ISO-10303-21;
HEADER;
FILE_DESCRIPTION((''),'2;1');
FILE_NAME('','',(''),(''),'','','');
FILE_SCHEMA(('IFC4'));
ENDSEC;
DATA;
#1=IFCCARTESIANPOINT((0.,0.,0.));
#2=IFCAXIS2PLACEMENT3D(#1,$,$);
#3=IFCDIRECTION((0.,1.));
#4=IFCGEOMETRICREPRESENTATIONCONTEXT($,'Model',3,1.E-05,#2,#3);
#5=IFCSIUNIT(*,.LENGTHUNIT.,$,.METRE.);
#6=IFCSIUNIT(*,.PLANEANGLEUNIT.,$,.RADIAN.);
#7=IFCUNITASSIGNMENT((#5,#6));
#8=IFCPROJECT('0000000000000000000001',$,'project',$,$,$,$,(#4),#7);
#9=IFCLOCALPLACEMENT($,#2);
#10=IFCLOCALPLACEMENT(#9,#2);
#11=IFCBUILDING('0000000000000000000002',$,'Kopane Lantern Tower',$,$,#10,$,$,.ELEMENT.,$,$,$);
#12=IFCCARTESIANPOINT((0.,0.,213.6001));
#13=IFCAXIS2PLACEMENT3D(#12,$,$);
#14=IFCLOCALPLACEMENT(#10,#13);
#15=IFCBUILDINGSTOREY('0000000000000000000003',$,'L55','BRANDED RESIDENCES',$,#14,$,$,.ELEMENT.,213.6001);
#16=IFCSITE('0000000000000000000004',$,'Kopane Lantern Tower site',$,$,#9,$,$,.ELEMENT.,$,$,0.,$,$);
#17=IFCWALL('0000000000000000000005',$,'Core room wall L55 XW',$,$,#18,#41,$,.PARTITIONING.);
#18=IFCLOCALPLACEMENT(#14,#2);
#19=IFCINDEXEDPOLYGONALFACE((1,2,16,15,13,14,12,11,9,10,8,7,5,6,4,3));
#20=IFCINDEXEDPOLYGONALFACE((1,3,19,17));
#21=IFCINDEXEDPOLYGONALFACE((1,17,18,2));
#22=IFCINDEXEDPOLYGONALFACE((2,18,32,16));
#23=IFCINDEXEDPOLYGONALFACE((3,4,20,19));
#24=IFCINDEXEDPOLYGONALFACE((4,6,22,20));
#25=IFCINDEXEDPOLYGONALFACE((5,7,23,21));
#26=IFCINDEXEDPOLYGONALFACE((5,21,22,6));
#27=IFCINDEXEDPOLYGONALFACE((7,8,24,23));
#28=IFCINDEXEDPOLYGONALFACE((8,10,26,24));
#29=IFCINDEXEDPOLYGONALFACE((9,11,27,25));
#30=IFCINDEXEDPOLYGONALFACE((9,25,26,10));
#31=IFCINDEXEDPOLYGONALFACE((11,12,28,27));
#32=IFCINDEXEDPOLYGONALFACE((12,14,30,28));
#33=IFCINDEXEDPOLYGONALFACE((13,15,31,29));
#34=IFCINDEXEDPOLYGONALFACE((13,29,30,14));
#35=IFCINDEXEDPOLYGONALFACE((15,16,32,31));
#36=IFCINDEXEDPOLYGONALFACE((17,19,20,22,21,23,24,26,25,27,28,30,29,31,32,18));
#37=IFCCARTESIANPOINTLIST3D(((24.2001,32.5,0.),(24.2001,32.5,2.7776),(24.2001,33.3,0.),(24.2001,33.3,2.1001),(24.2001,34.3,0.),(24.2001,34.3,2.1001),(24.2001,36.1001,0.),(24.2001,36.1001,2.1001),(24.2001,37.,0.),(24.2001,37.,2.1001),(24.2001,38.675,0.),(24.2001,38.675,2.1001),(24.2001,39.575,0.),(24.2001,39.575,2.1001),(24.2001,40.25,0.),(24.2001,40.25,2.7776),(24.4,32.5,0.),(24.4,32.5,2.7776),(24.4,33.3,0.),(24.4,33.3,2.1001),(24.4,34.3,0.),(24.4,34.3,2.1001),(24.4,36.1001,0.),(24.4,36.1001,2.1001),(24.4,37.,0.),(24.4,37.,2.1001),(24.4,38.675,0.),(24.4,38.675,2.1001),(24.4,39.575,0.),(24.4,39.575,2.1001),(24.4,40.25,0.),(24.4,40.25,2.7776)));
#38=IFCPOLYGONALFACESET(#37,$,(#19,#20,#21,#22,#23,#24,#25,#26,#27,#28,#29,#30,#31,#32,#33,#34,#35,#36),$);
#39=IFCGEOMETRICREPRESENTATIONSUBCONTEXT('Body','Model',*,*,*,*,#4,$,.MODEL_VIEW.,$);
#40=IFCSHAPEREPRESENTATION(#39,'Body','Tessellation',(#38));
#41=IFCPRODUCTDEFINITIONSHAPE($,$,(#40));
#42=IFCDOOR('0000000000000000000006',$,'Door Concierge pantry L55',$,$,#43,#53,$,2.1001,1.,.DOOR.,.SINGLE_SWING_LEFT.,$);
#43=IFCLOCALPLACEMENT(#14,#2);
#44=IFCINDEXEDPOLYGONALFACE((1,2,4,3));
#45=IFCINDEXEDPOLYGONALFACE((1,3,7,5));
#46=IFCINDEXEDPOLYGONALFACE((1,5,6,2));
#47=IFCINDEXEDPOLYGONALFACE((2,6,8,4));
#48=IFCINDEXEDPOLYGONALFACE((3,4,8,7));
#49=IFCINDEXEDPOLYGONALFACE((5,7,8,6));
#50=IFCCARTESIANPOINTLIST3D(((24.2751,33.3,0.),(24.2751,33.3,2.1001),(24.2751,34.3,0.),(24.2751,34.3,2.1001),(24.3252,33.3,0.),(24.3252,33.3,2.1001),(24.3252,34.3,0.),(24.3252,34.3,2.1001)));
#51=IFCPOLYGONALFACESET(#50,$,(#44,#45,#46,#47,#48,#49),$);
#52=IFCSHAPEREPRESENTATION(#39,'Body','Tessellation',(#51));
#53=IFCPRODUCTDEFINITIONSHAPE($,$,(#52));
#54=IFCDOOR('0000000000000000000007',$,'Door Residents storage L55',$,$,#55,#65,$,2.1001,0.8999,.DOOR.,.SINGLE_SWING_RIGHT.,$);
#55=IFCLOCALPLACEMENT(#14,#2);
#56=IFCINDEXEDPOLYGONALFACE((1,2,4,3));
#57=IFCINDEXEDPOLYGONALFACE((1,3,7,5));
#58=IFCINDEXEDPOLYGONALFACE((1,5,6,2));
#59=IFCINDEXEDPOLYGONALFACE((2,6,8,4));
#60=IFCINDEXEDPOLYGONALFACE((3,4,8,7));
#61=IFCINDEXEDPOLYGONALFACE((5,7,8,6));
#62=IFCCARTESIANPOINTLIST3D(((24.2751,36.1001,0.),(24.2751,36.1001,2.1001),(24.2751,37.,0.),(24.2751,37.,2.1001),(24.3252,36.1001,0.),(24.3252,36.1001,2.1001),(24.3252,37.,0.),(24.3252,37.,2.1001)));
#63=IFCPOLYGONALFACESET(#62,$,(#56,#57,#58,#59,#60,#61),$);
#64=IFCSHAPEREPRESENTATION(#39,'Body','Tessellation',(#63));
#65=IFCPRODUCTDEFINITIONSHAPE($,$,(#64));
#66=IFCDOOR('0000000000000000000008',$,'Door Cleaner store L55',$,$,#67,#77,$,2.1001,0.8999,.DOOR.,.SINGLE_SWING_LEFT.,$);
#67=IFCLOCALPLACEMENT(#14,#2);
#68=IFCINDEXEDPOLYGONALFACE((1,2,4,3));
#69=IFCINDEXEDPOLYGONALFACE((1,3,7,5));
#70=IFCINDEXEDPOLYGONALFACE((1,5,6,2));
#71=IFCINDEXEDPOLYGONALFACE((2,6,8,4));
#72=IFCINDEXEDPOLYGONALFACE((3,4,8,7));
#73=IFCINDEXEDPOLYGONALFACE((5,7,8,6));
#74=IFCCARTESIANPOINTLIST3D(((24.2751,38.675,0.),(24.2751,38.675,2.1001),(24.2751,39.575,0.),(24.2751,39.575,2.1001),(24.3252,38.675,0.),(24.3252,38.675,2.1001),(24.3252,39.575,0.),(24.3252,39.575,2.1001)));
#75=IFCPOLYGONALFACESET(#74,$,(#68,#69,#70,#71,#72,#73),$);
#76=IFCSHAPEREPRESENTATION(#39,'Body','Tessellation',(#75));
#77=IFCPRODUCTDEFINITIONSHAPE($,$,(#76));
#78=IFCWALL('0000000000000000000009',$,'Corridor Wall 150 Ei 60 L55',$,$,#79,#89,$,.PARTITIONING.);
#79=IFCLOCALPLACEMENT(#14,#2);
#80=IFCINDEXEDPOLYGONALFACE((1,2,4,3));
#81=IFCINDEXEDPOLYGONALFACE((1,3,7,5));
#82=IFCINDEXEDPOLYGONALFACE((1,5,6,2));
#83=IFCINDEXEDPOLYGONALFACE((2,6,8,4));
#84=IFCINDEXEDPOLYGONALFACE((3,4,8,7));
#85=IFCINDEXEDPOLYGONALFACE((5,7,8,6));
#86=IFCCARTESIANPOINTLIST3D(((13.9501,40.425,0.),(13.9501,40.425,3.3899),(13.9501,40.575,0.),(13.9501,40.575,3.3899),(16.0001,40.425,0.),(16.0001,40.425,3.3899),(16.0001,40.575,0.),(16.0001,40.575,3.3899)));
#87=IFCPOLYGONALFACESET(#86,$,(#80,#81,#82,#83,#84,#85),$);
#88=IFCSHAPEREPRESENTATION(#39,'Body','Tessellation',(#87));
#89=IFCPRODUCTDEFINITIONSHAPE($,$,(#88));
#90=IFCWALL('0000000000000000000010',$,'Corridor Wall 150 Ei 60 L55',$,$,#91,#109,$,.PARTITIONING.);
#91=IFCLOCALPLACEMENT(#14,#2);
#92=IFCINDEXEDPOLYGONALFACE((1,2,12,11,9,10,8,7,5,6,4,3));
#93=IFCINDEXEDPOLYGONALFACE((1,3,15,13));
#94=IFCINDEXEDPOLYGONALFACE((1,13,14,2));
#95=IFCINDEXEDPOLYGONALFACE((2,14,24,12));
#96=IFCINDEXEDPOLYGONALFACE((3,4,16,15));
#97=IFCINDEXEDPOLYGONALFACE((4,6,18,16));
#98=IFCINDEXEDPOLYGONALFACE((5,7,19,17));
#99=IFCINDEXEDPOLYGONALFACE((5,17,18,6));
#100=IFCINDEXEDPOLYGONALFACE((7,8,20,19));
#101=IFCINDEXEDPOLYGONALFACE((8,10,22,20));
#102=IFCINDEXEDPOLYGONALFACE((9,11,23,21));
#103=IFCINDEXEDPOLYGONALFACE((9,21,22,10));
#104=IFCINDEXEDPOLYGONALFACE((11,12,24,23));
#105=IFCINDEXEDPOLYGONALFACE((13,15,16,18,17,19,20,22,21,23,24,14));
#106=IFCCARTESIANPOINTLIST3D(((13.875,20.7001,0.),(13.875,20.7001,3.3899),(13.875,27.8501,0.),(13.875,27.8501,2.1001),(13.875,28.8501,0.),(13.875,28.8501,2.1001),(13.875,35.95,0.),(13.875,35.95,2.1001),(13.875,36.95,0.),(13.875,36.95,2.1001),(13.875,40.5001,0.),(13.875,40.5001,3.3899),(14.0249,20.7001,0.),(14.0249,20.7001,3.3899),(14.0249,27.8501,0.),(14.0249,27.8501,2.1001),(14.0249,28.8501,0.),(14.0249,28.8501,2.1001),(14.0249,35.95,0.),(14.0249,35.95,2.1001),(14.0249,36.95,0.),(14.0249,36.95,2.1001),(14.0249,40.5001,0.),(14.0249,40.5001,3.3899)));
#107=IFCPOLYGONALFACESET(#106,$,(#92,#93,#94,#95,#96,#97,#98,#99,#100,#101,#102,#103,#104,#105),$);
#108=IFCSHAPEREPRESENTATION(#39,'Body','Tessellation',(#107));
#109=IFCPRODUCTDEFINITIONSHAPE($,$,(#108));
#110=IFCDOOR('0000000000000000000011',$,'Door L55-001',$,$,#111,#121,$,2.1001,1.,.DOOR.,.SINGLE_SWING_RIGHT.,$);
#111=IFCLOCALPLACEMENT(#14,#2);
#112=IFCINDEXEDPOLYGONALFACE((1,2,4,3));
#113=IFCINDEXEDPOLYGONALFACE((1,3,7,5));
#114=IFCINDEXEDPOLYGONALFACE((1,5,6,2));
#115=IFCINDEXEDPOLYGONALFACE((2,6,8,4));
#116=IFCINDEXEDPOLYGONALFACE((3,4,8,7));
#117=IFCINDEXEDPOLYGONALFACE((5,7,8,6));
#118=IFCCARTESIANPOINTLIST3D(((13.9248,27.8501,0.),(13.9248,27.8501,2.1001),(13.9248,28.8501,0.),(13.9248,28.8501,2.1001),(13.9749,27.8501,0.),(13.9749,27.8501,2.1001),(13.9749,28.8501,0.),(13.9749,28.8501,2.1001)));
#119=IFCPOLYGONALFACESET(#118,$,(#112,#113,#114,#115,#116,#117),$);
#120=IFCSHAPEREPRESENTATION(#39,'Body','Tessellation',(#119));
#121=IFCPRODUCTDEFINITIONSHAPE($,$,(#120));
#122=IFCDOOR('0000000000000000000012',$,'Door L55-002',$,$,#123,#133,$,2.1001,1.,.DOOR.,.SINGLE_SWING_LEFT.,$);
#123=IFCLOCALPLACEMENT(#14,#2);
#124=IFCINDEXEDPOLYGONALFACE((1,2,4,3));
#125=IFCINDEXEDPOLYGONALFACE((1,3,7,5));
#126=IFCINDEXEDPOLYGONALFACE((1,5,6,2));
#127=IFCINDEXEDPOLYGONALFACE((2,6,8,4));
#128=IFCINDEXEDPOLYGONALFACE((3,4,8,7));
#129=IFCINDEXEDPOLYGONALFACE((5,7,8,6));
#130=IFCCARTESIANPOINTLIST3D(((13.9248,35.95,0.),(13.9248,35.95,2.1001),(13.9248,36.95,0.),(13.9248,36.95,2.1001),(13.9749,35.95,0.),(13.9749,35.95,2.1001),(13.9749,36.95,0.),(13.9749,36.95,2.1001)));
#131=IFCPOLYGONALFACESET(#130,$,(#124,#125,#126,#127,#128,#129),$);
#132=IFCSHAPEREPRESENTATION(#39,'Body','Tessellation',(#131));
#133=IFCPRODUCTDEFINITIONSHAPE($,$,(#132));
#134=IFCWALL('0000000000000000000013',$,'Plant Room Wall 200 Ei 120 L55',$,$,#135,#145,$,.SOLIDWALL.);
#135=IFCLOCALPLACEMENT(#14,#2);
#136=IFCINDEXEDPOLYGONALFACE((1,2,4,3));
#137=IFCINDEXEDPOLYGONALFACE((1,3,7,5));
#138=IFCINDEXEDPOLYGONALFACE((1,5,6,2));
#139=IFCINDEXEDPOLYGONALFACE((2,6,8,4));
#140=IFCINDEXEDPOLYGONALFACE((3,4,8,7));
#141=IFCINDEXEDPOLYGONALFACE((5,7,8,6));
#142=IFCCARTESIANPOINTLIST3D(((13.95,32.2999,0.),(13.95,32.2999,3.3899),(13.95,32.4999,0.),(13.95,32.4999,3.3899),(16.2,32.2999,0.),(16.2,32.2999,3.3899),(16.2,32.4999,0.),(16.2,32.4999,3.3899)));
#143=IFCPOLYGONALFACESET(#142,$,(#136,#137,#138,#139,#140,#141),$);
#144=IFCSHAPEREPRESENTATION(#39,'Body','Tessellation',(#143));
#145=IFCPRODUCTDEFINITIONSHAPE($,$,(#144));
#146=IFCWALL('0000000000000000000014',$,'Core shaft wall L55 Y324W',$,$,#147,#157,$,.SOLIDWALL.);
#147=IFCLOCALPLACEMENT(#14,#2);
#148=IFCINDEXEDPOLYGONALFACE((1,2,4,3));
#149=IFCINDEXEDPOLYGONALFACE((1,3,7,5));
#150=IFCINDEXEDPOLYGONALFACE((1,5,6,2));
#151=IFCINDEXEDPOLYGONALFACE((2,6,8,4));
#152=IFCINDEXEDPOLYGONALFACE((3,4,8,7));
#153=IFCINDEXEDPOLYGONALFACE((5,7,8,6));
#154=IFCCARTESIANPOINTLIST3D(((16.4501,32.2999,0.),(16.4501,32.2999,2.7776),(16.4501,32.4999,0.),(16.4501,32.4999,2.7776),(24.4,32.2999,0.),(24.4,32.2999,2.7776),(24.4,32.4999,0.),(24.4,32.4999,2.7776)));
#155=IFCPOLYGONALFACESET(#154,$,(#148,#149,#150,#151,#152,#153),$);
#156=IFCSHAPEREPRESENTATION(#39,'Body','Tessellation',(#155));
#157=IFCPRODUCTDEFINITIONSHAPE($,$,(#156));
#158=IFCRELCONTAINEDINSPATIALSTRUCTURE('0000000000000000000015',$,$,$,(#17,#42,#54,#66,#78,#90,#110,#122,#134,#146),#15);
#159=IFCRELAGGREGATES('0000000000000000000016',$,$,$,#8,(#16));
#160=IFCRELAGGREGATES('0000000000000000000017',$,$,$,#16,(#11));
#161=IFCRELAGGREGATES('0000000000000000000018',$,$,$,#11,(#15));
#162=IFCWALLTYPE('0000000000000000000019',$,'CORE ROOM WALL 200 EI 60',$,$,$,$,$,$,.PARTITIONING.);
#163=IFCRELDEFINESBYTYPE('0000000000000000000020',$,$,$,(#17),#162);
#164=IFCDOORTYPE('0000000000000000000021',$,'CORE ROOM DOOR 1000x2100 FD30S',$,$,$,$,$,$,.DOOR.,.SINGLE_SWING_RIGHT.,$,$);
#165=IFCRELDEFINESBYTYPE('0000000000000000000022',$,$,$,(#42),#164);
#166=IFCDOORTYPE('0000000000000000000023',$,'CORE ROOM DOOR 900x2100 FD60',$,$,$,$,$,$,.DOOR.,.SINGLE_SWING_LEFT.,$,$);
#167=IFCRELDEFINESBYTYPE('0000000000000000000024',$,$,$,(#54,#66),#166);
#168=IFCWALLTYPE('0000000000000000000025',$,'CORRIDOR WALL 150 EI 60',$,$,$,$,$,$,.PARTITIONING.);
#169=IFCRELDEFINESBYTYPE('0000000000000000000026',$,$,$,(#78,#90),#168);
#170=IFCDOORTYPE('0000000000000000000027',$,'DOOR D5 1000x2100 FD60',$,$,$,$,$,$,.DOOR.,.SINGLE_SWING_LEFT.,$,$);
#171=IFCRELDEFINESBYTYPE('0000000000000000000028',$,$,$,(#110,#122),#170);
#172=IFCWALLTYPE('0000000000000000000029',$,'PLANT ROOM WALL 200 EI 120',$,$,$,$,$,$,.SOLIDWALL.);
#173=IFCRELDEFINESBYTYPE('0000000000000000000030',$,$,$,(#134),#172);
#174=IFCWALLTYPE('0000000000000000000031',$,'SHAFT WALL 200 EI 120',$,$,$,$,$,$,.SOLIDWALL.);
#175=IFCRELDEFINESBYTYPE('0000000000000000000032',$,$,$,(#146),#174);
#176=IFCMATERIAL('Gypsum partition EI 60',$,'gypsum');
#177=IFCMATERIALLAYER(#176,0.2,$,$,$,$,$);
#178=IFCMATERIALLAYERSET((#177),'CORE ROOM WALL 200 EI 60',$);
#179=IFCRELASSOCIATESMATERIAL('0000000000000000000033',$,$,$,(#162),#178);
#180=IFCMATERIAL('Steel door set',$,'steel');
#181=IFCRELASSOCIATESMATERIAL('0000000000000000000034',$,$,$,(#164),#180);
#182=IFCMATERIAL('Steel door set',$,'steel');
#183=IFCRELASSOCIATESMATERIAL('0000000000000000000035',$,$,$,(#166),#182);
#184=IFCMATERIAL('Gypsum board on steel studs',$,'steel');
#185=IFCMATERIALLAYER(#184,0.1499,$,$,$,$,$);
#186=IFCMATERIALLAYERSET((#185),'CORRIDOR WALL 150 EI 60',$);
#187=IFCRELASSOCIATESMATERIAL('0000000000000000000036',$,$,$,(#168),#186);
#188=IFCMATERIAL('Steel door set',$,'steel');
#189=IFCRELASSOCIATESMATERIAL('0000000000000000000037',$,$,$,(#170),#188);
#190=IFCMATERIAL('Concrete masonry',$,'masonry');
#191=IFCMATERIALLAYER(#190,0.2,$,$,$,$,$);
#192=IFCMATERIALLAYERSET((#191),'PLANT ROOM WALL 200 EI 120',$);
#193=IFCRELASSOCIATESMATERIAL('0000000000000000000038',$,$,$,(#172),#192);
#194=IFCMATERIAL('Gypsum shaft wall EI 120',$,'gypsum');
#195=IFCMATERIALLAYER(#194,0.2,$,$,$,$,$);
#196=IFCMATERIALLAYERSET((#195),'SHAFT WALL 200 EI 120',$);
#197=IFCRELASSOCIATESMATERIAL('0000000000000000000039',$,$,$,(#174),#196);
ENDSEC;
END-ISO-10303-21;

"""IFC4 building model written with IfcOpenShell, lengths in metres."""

from ifc_helpers import new_model, si_unit, direction, frame, frame_2d, origin, place, context, subcontext, project, spatial, rectangle, extrude, material, layer, layer_set, type_object, element, fill, save


model = new_model("IFC4")

# Units and contexts
model_context = context("Model", 3, precision=1e-05, world=origin(), true_north=direction((0.0, 1.0)))
body_context = subcontext(model_context, "Body", "Model", "MODEL_VIEW")
ifc_project = project(units=[si_unit("LENGTHUNIT", "METRE"), si_unit("PLANEANGLEUNIT", "RADIAN")], contexts=[model_context])

# Site, building, storey
site_placement = place(None, origin())
site = spatial("IfcSite", under=ifc_project, at=site_placement, Name="Kopane Lantern Tower site", CompositionType="ELEMENT", RefElevation=0.0)
building_placement = place(site_placement, origin())
building = spatial("IfcBuilding", under=site, at=building_placement, Name="Kopane Lantern Tower", CompositionType="ELEMENT")
storey_placement = place(building_placement, frame((0.0, 0.0, 213.6001)))
storey = spatial("IfcBuildingStorey", under=building, at=storey_placement, Name="L55", Description="BRANDED RESIDENCES", CompositionType="ELEMENT", Elevation=213.6001)

# Wall, openings, doors
ifc_material_1 = material(Name="Gypsum partition EI 60", Category="gypsum")
ifc_layer_1 = layer(ifc_material_1, 0.2)
ifc_layer_set_1 = layer_set([ifc_layer_1], Name="CORE ROOM WALL 200 EI 60")
wall_type_1 = type_object("IfcWallType", Name="CORE ROOM WALL 200 EI 60", PredefinedType="PARTITIONING", material=ifc_layer_set_1)
wall_1_placement = place(storey_placement, frame((24.3, 32.5, 0.0), z_axis=(0.0, 0.0, 1.0), x_axis=(0.0, 1.0, 0.0)))
wall_1 = element("IfcWall", 1, at=wall_1_placement, inside=storey, type_object=wall_type_1, Name="Core room wall L55 XW", PredefinedType="PARTITIONING", context=body_context, shape_type="SweptSolid", body=[
    extrude(rectangle(XDim=7.75, YDim=0.2, at=frame_2d((3.875, 0.0))), origin(), (0.0, 0.0, 1.0), 2.7776),
])
opening_1_placement = place(wall_1_placement, frame((0.8, 0.0, 0.0)))
opening_1 = element("IfcOpeningElement", 2, at=opening_1_placement, cuts=wall_1, PredefinedType="OPENING", context=body_context, shape_type="SweptSolid", body=[
    extrude(rectangle(XDim=1.0, YDim=2.1001, at=frame_2d((0.5, 1.05))), frame((0.0, 0.1099, 0.0), z_axis=(0.0, -1.0, 0.0), x_axis=(1.0, 0.0, 0.0)), (0.0, 0.0, 1.0), 0.22),
])
opening_2_placement = place(wall_1_placement, frame((3.6001, 0.0, 0.0)))
opening_2 = element("IfcOpeningElement", 3, at=opening_2_placement, cuts=wall_1, PredefinedType="OPENING", context=body_context, shape_type="SweptSolid", body=[
    extrude(rectangle(XDim=0.8999, YDim=2.1001, at=frame_2d((0.45, 1.05))), frame((0.0, 0.1099, 0.0), z_axis=(0.0, -1.0, 0.0), x_axis=(1.0, 0.0, 0.0)), (0.0, 0.0, 1.0), 0.22),
])
opening_3_placement = place(wall_1_placement, frame((6.175, 0.0, 0.0)))
opening_3 = element("IfcOpeningElement", 4, at=opening_3_placement, cuts=wall_1, PredefinedType="OPENING", context=body_context, shape_type="SweptSolid", body=[
    extrude(rectangle(XDim=0.8999, YDim=2.1001, at=frame_2d((0.45, 1.05))), frame((0.0, 0.1099, 0.0), z_axis=(0.0, -1.0, 0.0), x_axis=(1.0, 0.0, 0.0)), (0.0, 0.0, 1.0), 0.22),
])
ifc_material_2 = material(Name="Steel door set", Category="steel")
door_type_1 = type_object("IfcDoorType", Name="CORE ROOM DOOR 1000x2100 FD30S", OperationType="SINGLE_SWING_RIGHT", PredefinedType="DOOR", material=ifc_material_2)
door_1_placement = place(opening_1_placement, origin())
door_1 = element("IfcDoor", 5, at=door_1_placement, inside=storey, type_object=door_type_1, Name="Door Concierge pantry L55", OperationType="SINGLE_SWING_LEFT", OverallHeight=2.1001, OverallWidth=1.0, PredefinedType="DOOR", context=body_context, shape_type="SweptSolid", body=[
    extrude(rectangle(XDim=1.0, YDim=2.1001, at=frame_2d((0.5, 1.05))), frame((0.0, 0.0249, 0.0), z_axis=(0.0, -1.0, 0.0), x_axis=(1.0, 0.0, 0.0)), (0.0, 0.0, 1.0), 0.05),
])
fill(opening_1, door_1)
ifc_material_3 = material(Name="Steel door set", Category="steel")
door_type_2 = type_object("IfcDoorType", Name="CORE ROOM DOOR 900x2100 FD60", OperationType="SINGLE_SWING_LEFT", PredefinedType="DOOR", material=ifc_material_3)
door_2_placement = place(opening_2_placement, origin())
door_2 = element("IfcDoor", 6, at=door_2_placement, inside=storey, type_object=door_type_2, Name="Door Residents storage L55", OperationType="SINGLE_SWING_RIGHT", OverallHeight=2.1001, OverallWidth=0.8999, PredefinedType="DOOR", context=body_context, shape_type="SweptSolid", body=[
    extrude(rectangle(XDim=0.8999, YDim=2.1001, at=frame_2d((0.45, 1.05))), frame((0.0, 0.0249, 0.0), z_axis=(0.0, -1.0, 0.0), x_axis=(1.0, 0.0, 0.0)), (0.0, 0.0, 1.0), 0.05),
])
fill(opening_2, door_2)
door_3_placement = place(opening_3_placement, origin())
door_3 = element("IfcDoor", 7, at=door_3_placement, inside=storey, type_object=door_type_2, Name="Door Cleaner store L55", OperationType="SINGLE_SWING_LEFT", OverallHeight=2.1001, OverallWidth=0.8999, PredefinedType="DOOR", context=body_context, shape_type="SweptSolid", body=[
    extrude(rectangle(XDim=0.8999, YDim=2.1001, at=frame_2d((0.45, 1.05))), frame((0.0, 0.0249, 0.0), z_axis=(0.0, -1.0, 0.0), x_axis=(1.0, 0.0, 0.0)), (0.0, 0.0, 1.0), 0.05),
])
fill(opening_3, door_3)

# Wall
ifc_material_4 = material(Name="Gypsum board on steel studs", Category="steel")
ifc_layer_2 = layer(ifc_material_4, 0.1499)
ifc_layer_set_2 = layer_set([ifc_layer_2], Name="CORRIDOR WALL 150 EI 60")
wall_type_2 = type_object("IfcWallType", Name="CORRIDOR WALL 150 EI 60", PredefinedType="PARTITIONING", material=ifc_layer_set_2)
wall_2_placement = place(storey_placement, frame((16.0, 40.5, 0.0), z_axis=(0.0, 0.0, 1.0), x_axis=(-1.0, 0.0, 0.0)))
element("IfcWall", 8, at=wall_2_placement, inside=storey, type_object=wall_type_2, Name="Corridor Wall 150 Ei 60 L55", PredefinedType="PARTITIONING", context=body_context, shape_type="SweptSolid", body=[
    extrude(rectangle(XDim=2.05, YDim=0.1499, at=frame_2d((1.0249, 0.0))), origin(), (0.0, 0.0, 1.0), 3.3899),
])

# Wall, openings, doors
wall_3_placement = place(storey_placement, frame((13.95, 40.5, 0.0), z_axis=(0.0, 0.0, 1.0), x_axis=(0.0, -1.0, 0.0)))
wall_3 = element("IfcWall", 9, at=wall_3_placement, inside=storey, type_object=wall_type_2, Name="Corridor Wall 150 Ei 60 L55", PredefinedType="PARTITIONING", context=body_context, shape_type="SweptSolid", body=[
    extrude(rectangle(XDim=19.8, YDim=0.1499, at=frame_2d((9.8999, 0.0))), origin(), (0.0, 0.0, 1.0), 3.3899),
])
opening_4_placement = place(wall_3_placement, frame((11.6499, 0.0, 0.0)))
opening_4 = element("IfcOpeningElement", 10, at=opening_4_placement, cuts=wall_3, PredefinedType="OPENING", context=body_context, shape_type="SweptSolid", body=[
    extrude(rectangle(XDim=1.0, YDim=2.1001, at=frame_2d((0.5, 1.05))), frame((0.0, 0.085, 0.0), z_axis=(0.0, -1.0, 0.0), x_axis=(1.0, 0.0, 0.0)), (0.0, 0.0, 1.0), 0.1699),
])
opening_5_placement = place(wall_3_placement, frame((3.55, 0.0, 0.0)))
opening_5 = element("IfcOpeningElement", 11, at=opening_5_placement, cuts=wall_3, PredefinedType="OPENING", context=body_context, shape_type="SweptSolid", body=[
    extrude(rectangle(XDim=1.0, YDim=2.1001, at=frame_2d((0.5, 1.05))), frame((0.0, 0.085, 0.0), z_axis=(0.0, -1.0, 0.0), x_axis=(1.0, 0.0, 0.0)), (0.0, 0.0, 1.0), 0.1699),
])
ifc_material_5 = material(Name="Steel door set", Category="steel")
door_type_3 = type_object("IfcDoorType", Name="DOOR D5 1000x2100 FD60", OperationType="SINGLE_SWING_LEFT", PredefinedType="DOOR", material=ifc_material_5)
door_4_placement = place(opening_4_placement, origin())
door_4 = element("IfcDoor", 12, at=door_4_placement, inside=storey, type_object=door_type_3, Name="Door L55-001", OperationType="SINGLE_SWING_RIGHT", OverallHeight=2.1001, OverallWidth=1.0, PredefinedType="DOOR", context=body_context, shape_type="SweptSolid", body=[
    extrude(rectangle(XDim=1.0, YDim=2.1001, at=frame_2d((0.5, 1.05))), frame((0.0, 0.0249, 0.0), z_axis=(0.0, -1.0, 0.0), x_axis=(1.0, 0.0, 0.0)), (0.0, 0.0, 1.0), 0.05),
])
fill(opening_4, door_4)
door_5_placement = place(opening_5_placement, origin())
door_5 = element("IfcDoor", 13, at=door_5_placement, inside=storey, type_object=door_type_3, Name="Door L55-002", OperationType="SINGLE_SWING_LEFT", OverallHeight=2.1001, OverallWidth=1.0, PredefinedType="DOOR", context=body_context, shape_type="SweptSolid", body=[
    extrude(rectangle(XDim=1.0, YDim=2.1001, at=frame_2d((0.5, 1.05))), frame((0.0, 0.0249, 0.0), z_axis=(0.0, -1.0, 0.0), x_axis=(1.0, 0.0, 0.0)), (0.0, 0.0, 1.0), 0.05),
])
fill(opening_5, door_5)

# Walls
ifc_material_6 = material(Name="Concrete masonry", Category="masonry")
ifc_layer_3 = layer(ifc_material_6, 0.2)
ifc_layer_set_3 = layer_set([ifc_layer_3], Name="PLANT ROOM WALL 200 EI 120")
wall_type_3 = type_object("IfcWallType", Name="PLANT ROOM WALL 200 EI 120", PredefinedType="SOLIDWALL", material=ifc_layer_set_3)
wall_4_placement = place(storey_placement, frame((13.95, 32.3999, 0.0), z_axis=(0.0, 0.0, 1.0), x_axis=(1.0, 0.0, 0.0)))
element("IfcWall", 14, at=wall_4_placement, inside=storey, type_object=wall_type_3, Name="Plant Room Wall 200 Ei 120 L55", PredefinedType="SOLIDWALL", context=body_context, shape_type="SweptSolid", body=[
    extrude(rectangle(XDim=2.25, YDim=0.2, at=frame_2d((1.125, 0.0))), origin(), (0.0, 0.0, 1.0), 3.3899),
])
ifc_material_7 = material(Name="Gypsum shaft wall EI 120", Category="gypsum")
ifc_layer_4 = layer(ifc_material_7, 0.2)
ifc_layer_set_4 = layer_set([ifc_layer_4], Name="SHAFT WALL 200 EI 120")
wall_type_4 = type_object("IfcWallType", Name="SHAFT WALL 200 EI 120", PredefinedType="SOLIDWALL", material=ifc_layer_set_4)
wall_5_placement = place(storey_placement, frame((16.45, 32.3999, 0.0), z_axis=(0.0, 0.0, 1.0), x_axis=(1.0, 0.0, 0.0)))
element("IfcWall", 15, at=wall_5_placement, inside=storey, type_object=wall_type_4, Name="Core shaft wall L55 Y324W", PredefinedType="SOLIDWALL", context=body_context, shape_type="SweptSolid", body=[
    extrude(rectangle(XDim=7.95, YDim=0.2, at=frame_2d((3.9751, 0.0))), origin(), (0.0, 0.0, 1.0), 2.7776),
])

save(model, "model.ifc")
